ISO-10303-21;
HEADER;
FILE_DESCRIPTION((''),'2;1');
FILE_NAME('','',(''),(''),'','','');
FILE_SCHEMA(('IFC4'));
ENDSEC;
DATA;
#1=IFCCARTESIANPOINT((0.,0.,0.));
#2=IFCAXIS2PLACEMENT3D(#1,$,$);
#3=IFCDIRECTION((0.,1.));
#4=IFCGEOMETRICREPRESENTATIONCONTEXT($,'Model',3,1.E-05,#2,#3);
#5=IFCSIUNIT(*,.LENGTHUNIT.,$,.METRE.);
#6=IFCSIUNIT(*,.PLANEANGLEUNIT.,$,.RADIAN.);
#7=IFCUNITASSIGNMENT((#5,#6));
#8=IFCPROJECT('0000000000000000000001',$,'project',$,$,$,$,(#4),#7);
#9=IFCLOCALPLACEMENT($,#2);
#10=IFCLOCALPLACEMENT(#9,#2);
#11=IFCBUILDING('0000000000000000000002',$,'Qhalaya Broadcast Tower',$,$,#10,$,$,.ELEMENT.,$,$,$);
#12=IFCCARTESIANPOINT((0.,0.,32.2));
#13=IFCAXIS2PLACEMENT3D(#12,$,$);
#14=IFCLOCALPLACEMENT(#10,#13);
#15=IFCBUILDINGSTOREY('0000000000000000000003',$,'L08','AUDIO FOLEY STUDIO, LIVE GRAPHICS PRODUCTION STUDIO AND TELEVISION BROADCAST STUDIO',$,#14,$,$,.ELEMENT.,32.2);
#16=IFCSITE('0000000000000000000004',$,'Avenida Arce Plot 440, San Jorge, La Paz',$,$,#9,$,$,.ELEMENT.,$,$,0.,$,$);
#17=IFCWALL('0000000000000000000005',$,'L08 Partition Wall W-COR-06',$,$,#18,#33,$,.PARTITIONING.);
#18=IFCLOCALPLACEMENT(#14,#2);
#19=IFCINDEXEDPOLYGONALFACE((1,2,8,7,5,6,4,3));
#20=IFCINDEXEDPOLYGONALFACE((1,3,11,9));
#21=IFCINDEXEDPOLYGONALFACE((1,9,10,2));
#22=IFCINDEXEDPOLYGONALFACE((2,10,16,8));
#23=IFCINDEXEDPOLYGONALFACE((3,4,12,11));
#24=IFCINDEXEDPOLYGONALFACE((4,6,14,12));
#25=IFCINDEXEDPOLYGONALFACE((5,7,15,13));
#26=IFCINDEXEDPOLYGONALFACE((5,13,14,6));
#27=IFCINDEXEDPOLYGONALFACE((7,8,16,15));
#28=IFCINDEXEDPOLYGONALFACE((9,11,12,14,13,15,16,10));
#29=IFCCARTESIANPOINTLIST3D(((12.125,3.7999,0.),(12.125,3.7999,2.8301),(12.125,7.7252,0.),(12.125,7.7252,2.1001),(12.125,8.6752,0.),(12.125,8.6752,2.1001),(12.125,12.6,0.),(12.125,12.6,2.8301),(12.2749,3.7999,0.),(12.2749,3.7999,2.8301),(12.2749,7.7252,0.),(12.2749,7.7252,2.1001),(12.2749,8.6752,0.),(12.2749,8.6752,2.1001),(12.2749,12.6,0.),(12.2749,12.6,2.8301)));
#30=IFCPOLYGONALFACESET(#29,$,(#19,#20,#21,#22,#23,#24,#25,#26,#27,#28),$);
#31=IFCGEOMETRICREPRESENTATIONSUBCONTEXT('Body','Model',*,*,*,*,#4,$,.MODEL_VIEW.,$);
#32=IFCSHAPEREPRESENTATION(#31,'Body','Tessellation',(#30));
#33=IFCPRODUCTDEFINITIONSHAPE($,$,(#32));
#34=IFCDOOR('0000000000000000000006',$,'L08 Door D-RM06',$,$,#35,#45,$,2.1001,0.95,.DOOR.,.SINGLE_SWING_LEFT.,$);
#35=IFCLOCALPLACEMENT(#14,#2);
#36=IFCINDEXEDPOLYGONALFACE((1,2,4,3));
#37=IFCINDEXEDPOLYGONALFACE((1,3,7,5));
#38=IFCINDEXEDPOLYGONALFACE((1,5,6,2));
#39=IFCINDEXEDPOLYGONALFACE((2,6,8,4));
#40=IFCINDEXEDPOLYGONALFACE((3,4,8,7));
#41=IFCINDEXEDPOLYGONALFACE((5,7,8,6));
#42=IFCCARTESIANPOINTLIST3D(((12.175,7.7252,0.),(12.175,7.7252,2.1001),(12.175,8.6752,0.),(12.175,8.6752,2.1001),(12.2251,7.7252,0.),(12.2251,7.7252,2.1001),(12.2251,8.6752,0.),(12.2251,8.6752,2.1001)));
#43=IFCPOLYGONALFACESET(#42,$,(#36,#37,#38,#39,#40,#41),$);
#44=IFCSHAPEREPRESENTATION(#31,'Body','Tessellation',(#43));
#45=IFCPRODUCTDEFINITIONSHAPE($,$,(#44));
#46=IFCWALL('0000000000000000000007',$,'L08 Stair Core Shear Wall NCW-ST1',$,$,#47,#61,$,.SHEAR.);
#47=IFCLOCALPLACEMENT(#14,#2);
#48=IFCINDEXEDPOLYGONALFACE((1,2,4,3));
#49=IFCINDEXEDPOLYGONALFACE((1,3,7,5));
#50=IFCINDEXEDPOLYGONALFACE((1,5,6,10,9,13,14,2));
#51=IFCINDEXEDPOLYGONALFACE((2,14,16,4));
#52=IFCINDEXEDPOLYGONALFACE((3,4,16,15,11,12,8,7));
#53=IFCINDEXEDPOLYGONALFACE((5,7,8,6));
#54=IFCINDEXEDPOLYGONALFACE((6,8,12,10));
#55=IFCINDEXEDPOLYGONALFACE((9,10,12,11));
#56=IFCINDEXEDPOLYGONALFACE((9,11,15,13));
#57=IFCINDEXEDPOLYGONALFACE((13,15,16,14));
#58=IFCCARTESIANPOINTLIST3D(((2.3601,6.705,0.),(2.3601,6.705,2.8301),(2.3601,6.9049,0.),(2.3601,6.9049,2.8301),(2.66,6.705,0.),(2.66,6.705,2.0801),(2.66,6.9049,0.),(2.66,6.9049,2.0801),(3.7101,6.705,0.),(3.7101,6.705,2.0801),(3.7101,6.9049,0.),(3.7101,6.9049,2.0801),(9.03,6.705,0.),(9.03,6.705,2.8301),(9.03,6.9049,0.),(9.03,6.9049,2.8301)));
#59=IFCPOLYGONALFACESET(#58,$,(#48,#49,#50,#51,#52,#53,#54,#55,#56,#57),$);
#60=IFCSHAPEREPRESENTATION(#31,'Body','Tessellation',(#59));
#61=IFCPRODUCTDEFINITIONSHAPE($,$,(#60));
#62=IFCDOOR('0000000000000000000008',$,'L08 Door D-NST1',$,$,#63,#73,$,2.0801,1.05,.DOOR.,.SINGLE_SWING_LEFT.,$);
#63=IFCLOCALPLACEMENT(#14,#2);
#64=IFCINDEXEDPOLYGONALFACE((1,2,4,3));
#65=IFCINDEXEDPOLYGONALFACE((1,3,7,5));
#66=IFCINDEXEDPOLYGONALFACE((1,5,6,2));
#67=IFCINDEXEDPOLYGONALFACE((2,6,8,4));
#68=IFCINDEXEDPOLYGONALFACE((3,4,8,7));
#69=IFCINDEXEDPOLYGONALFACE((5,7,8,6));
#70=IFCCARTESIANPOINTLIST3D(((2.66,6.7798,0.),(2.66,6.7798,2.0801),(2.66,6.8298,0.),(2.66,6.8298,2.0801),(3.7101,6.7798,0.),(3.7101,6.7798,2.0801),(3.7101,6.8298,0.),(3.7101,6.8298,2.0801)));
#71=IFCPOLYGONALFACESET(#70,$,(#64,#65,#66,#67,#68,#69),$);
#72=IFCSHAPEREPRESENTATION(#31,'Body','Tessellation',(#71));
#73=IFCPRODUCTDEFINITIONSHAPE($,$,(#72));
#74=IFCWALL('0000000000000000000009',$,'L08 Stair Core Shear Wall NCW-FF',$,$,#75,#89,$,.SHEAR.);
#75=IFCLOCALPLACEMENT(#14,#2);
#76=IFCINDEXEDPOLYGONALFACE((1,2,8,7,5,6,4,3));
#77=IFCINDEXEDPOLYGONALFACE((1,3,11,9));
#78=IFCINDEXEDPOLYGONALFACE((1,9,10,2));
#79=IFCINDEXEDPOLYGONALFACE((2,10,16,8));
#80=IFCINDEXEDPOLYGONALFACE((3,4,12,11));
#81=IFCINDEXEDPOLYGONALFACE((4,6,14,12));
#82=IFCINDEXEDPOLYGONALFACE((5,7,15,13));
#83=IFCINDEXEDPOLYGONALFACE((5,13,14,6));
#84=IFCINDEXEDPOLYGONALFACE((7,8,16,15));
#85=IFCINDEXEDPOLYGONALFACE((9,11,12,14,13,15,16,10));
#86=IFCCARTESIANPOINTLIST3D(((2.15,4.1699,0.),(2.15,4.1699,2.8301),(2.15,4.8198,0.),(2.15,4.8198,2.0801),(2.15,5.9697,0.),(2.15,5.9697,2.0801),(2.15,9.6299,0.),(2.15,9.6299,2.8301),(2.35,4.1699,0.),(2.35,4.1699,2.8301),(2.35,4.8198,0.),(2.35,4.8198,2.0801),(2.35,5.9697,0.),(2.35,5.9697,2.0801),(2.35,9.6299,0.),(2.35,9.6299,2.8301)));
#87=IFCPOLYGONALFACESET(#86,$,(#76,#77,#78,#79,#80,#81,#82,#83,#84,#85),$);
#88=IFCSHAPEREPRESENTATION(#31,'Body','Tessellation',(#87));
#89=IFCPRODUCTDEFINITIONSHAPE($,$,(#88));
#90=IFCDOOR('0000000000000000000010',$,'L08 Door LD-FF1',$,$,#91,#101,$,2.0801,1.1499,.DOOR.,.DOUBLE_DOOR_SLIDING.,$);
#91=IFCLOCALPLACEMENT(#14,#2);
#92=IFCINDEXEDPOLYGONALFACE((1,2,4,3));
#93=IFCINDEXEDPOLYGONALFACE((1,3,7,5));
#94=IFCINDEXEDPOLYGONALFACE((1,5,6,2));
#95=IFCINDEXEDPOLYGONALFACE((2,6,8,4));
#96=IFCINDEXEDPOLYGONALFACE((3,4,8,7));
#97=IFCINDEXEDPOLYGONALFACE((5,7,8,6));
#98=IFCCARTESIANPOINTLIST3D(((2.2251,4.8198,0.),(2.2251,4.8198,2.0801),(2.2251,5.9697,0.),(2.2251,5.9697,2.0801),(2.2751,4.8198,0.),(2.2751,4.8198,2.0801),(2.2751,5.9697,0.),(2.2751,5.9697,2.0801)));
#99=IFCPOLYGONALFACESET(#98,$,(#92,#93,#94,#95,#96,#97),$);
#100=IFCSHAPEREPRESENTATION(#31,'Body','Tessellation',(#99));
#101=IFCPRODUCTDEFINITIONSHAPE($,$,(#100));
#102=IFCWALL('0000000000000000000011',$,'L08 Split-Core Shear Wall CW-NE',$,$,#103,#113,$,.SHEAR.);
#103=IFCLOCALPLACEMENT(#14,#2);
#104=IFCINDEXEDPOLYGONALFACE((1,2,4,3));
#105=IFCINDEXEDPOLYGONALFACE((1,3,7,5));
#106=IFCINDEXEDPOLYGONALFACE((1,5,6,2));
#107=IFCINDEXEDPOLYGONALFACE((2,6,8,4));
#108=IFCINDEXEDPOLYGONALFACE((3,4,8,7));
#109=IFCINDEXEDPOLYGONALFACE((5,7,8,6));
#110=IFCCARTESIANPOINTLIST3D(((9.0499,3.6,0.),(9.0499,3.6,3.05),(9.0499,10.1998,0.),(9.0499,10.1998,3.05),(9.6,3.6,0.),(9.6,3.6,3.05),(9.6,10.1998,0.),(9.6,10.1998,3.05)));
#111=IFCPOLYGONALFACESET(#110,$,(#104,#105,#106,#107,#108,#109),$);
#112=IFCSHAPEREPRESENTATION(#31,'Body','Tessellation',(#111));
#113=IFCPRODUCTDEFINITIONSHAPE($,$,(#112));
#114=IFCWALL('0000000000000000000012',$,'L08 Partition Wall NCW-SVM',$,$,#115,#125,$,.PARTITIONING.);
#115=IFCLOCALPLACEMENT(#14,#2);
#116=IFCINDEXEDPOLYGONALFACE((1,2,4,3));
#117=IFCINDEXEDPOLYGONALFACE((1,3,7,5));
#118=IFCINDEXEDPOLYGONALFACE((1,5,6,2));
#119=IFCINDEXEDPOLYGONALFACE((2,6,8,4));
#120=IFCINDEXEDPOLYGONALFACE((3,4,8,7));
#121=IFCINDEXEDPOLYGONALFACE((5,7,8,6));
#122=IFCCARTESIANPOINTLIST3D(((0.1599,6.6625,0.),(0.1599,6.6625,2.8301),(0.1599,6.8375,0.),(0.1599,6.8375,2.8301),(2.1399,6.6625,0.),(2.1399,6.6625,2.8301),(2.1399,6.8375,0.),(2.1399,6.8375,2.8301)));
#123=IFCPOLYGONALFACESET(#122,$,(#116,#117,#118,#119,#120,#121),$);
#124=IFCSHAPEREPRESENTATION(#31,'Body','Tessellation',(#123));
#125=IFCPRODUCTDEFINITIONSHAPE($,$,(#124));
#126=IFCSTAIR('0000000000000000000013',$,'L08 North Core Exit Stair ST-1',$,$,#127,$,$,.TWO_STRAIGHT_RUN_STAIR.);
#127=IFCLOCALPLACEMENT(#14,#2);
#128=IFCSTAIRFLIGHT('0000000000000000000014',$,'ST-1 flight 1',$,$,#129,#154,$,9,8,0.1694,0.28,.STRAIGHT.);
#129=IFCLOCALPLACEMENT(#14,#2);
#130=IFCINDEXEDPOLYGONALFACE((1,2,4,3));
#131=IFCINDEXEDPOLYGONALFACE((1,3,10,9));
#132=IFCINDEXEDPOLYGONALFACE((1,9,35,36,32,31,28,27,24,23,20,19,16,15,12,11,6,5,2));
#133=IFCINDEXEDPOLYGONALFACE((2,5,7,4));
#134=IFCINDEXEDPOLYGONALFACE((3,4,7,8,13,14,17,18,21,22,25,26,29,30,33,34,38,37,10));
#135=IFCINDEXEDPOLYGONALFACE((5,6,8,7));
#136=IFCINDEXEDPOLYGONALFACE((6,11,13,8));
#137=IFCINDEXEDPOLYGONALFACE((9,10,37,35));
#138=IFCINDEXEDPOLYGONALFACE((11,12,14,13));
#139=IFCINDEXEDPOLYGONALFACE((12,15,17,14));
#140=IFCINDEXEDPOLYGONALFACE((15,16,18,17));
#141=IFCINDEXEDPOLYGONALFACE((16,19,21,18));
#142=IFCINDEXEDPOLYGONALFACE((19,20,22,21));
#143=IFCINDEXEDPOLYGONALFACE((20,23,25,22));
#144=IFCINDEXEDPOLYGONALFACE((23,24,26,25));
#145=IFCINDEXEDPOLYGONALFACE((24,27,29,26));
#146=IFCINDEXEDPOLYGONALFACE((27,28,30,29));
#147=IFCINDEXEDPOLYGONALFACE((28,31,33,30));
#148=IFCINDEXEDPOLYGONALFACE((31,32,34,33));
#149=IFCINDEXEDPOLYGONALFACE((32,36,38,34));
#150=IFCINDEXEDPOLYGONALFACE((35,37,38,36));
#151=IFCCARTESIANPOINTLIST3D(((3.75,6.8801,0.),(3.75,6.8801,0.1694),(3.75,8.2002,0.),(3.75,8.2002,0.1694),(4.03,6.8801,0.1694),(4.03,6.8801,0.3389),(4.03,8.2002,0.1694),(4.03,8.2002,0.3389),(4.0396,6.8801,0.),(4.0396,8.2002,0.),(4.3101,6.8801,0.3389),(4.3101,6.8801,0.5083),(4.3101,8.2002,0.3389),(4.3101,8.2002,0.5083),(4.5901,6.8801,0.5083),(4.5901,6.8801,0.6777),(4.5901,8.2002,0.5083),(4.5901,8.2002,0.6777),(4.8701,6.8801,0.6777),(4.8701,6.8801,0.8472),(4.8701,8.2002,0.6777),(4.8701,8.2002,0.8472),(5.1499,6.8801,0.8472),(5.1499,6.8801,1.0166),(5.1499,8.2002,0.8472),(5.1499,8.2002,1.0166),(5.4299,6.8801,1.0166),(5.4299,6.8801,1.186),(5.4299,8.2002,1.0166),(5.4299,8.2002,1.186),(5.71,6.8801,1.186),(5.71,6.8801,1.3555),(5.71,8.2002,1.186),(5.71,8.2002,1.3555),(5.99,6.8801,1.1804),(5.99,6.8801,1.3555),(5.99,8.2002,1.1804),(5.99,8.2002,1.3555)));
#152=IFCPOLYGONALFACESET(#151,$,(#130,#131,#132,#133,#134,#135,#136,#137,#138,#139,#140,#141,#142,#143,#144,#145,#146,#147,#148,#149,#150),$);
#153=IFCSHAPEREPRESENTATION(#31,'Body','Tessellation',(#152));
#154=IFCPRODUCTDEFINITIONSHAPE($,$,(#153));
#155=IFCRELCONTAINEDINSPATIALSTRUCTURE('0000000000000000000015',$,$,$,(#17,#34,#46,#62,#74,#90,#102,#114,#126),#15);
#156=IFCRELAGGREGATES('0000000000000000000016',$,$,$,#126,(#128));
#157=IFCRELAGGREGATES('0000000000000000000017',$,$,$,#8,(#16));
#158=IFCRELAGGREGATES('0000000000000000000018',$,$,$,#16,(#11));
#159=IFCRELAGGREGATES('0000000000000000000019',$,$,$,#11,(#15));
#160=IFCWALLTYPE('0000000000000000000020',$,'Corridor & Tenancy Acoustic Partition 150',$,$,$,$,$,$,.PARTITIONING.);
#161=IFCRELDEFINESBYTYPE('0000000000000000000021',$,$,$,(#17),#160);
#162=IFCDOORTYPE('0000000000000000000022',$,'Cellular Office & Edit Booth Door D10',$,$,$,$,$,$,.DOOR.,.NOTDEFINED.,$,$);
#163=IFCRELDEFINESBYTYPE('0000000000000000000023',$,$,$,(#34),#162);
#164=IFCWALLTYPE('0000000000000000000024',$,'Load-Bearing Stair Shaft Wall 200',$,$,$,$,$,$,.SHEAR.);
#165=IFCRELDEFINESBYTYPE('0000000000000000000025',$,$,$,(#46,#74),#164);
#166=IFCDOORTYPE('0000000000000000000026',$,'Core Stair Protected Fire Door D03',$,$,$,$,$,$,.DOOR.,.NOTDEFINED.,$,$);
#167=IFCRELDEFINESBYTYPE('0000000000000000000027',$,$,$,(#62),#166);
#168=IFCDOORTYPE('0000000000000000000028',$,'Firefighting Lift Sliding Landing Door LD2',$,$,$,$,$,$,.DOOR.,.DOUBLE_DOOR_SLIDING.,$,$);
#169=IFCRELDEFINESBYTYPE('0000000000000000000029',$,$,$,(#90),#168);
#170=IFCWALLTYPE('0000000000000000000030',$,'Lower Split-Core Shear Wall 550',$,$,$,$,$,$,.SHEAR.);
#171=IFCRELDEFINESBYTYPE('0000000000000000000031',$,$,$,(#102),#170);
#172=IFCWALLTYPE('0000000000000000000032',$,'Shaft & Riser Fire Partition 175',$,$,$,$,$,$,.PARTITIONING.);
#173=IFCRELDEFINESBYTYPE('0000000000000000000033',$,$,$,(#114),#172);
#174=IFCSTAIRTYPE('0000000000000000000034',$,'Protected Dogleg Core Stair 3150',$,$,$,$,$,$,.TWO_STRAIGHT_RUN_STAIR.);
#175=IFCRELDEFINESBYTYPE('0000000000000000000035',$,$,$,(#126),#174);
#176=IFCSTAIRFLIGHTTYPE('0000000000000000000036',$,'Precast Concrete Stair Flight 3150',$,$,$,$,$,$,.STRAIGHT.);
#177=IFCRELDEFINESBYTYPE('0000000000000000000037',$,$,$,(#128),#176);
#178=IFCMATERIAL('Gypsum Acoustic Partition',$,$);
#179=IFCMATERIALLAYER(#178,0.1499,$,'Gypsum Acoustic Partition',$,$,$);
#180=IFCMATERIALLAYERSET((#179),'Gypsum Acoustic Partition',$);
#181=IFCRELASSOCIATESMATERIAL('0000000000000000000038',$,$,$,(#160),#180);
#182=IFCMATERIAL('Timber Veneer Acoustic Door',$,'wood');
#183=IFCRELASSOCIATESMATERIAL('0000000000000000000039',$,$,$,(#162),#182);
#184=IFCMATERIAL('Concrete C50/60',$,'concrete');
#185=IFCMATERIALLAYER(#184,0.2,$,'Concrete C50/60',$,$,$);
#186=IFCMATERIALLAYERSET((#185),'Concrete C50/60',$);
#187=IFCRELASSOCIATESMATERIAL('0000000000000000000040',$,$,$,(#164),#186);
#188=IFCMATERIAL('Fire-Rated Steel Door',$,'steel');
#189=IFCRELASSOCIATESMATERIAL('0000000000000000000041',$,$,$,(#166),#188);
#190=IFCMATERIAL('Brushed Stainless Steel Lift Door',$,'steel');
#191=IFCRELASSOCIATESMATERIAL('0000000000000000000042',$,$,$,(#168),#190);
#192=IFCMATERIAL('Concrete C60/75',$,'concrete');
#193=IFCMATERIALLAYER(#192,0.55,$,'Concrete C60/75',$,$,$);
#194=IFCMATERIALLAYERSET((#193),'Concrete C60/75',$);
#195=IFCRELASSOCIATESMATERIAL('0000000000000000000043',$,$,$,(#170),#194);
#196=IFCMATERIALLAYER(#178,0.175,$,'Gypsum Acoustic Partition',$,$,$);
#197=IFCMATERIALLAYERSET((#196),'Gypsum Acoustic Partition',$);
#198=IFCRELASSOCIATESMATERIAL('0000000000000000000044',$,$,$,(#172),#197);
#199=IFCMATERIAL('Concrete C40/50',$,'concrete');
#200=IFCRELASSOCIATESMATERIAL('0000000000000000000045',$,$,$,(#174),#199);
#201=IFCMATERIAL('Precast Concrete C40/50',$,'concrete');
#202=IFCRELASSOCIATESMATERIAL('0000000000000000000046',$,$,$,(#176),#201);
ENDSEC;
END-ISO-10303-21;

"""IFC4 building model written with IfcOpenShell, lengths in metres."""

from ifc_helpers import new_model, si_unit, direction, frame, frame_2d, origin, place, context, subcontext, project, spatial, polyline, rectangle, outline, extrude, material, layer, layer_set, type_object, element, fill, aggregate, save


model = new_model("IFC4")

# Units and contexts
model_context = context("Model", 3, precision=1e-05, world=origin(), true_north=direction((0.0, 1.0)))
body_context = subcontext(model_context, "Body", "Model", "MODEL_VIEW")
ifc_project = project(units=[si_unit("LENGTHUNIT", "METRE"), si_unit("PLANEANGLEUNIT", "RADIAN")], contexts=[model_context])

# Site, building, storey
site_placement = place(None, origin())
site = spatial("IfcSite", under=ifc_project, at=site_placement, Name="Avenida Arce Plot 440, San Jorge, La Paz", CompositionType="ELEMENT", RefElevation=0.0)
building_placement = place(site_placement, origin())
building = spatial("IfcBuilding", under=site, at=building_placement, Name="Qhalaya Broadcast Tower", CompositionType="ELEMENT")
storey_placement = place(building_placement, frame((0.0, 0.0, 32.2)))
storey = spatial("IfcBuildingStorey", under=building, at=storey_placement, Name="L08", Description="AUDIO FOLEY STUDIO, LIVE GRAPHICS PRODUCTION STUDIO AND TELEVISION BROADCAST STUDIO", CompositionType="ELEMENT", Elevation=32.2)

# Shared definitions
ifc_material_1 = material(Name="Concrete C50/60", Category="concrete")

# Walls, openings, doors
ifc_material_2 = material(Name="Gypsum Acoustic Partition")
ifc_layer_1 = layer(ifc_material_2, 0.1499, Name="Gypsum Acoustic Partition")
ifc_layer_set_1 = layer_set([ifc_layer_1], Name="Gypsum Acoustic Partition")
wall_type_1 = type_object("IfcWallType", Name="Corridor & Tenancy Acoustic Partition 150", PredefinedType="PARTITIONING", material=ifc_layer_set_1)
wall_1_placement = place(storey_placement, frame((12.2, 3.8, 0.0), z_axis=(0.0, 0.0, 1.0), x_axis=(0.0, 1.0, 0.0)))
wall_1 = element("IfcWall", 1, at=wall_1_placement, inside=storey, type_object=wall_type_1, Name="L08 Partition Wall W-COR-06", PredefinedType="PARTITIONING", context=body_context, shape_type="SweptSolid", body=[
    extrude(rectangle(XDim=8.8, YDim=0.1499, at=frame_2d((4.3999, 0.0))), origin(), (0.0, 0.0, 1.0), 2.8301),
])
opening_1_placement = place(wall_1_placement, frame((3.925, 0.0, 0.0)))
opening_1 = element("IfcOpeningElement", 2, at=opening_1_placement, cuts=wall_1, PredefinedType="OPENING", context=body_context, shape_type="SweptSolid", body=[
    extrude(rectangle(XDim=0.95, YDim=2.1001, at=frame_2d((0.4751, 1.05))), frame((0.0, 0.0869, 0.0), z_axis=(0.0, -1.0, 0.0), x_axis=(1.0, 0.0, 0.0)), (0.0, 0.0, 1.0), 0.1738),
])
ifc_material_3 = material(Name="Timber Veneer Acoustic Door", Category="wood")
door_type_1 = type_object("IfcDoorType", Name="Cellular Office & Edit Booth Door D10", OperationType="NOTDEFINED", PredefinedType="DOOR", material=ifc_material_3)
door_1_placement = place(opening_1_placement, origin())
door_1 = element("IfcDoor", 3, at=door_1_placement, inside=storey, type_object=door_type_1, Name="L08 Door D-RM06", OperationType="SINGLE_SWING_LEFT", OverallHeight=2.1001, OverallWidth=0.95, PredefinedType="DOOR", context=body_context, shape_type="SweptSolid", body=[
    extrude(rectangle(XDim=0.95, YDim=2.1001, at=frame_2d((0.4751, 1.05))), frame((0.0, 0.0249, 0.0), z_axis=(0.0, -1.0, 0.0), x_axis=(1.0, 0.0, 0.0)), (0.0, 0.0, 1.0), 0.05),
])
fill(opening_1, door_1)
ifc_layer_2 = layer(ifc_material_1, 0.2, Name="Concrete C50/60")
ifc_layer_set_2 = layer_set([ifc_layer_2], Name="Concrete C50/60")
wall_type_2 = type_object("IfcWallType", Name="Load-Bearing Stair Shaft Wall 200", PredefinedType="SHEAR", material=ifc_layer_set_2)
wall_2_placement = place(storey_placement, frame((2.3601, 6.8049, 0.0), z_axis=(0.0, 0.0, 1.0), x_axis=(1.0, 0.0, 0.0)))
wall_2 = element("IfcWall", 4, at=wall_2_placement, inside=storey, type_object=wall_type_2, Name="L08 Stair Core Shear Wall NCW-ST1", PredefinedType="SHEAR", context=body_context, shape_type="SweptSolid", body=[
    extrude(rectangle(XDim=6.6699, YDim=0.2, at=frame_2d((3.335, 0.0))), origin(), (0.0, 0.0, 1.0), 2.8301),
])
opening_2_placement = place(wall_2_placement, frame((0.3, 0.0, 0.0)))
opening_2 = element("IfcOpeningElement", 5, at=opening_2_placement, cuts=wall_2, PredefinedType="OPENING", context=body_context, shape_type="SweptSolid", body=[
    extrude(rectangle(XDim=1.05, YDim=2.0801, at=frame_2d((0.5249, 1.04))), frame((0.0, 0.1121, 0.0), z_axis=(0.0, -1.0, 0.0), x_axis=(1.0, 0.0, 0.0)), (0.0, 0.0, 1.0), 0.2239),
])
ifc_material_4 = material(Name="Fire-Rated Steel Door", Category="steel")
door_type_2 = type_object("IfcDoorType", Name="Core Stair Protected Fire Door D03", OperationType="NOTDEFINED", PredefinedType="DOOR", material=ifc_material_4)
door_2_placement = place(opening_2_placement, origin())
door_2 = element("IfcDoor", 6, at=door_2_placement, inside=storey, type_object=door_type_2, Name="L08 Door D-NST1", OperationType="SINGLE_SWING_LEFT", OverallHeight=2.0801, OverallWidth=1.05, PredefinedType="DOOR", context=body_context, shape_type="SweptSolid", body=[
    extrude(rectangle(XDim=1.05, YDim=2.0801, at=frame_2d((0.5249, 1.04))), frame((0.0, 0.0249, 0.0), z_axis=(0.0, -1.0, 0.0), x_axis=(1.0, 0.0, 0.0)), (0.0, 0.0, 1.0), 0.05),
])
fill(opening_2, door_2)
wall_3_placement = place(storey_placement, frame((2.25, 4.1699, 0.0), z_axis=(0.0, 0.0, 1.0), x_axis=(0.0, 1.0, 0.0)))
wall_3 = element("IfcWall", 7, at=wall_3_placement, inside=storey, type_object=wall_type_2, Name="L08 Stair Core Shear Wall NCW-FF", PredefinedType="SHEAR", context=body_context, shape_type="SweptSolid", body=[
    extrude(rectangle(XDim=5.46, YDim=0.2, at=frame_2d((2.73, 0.0))), origin(), (0.0, 0.0, 1.0), 2.8301),
])
opening_3_placement = place(wall_3_placement, frame((0.6499, 0.0, 0.0)))
opening_3 = element("IfcOpeningElement", 8, at=opening_3_placement, cuts=wall_3, PredefinedType="OPENING", context=body_context, shape_type="SweptSolid", body=[
    extrude(rectangle(XDim=1.1499, YDim=2.0801, at=frame_2d((0.575, 1.04))), frame((0.0, 0.1121, 0.0), z_axis=(0.0, -1.0, 0.0), x_axis=(1.0, 0.0, 0.0)), (0.0, 0.0, 1.0), 0.2239),
])
ifc_material_5 = material(Name="Brushed Stainless Steel Lift Door", Category="steel")
door_type_3 = type_object("IfcDoorType", Name="Firefighting Lift Sliding Landing Door LD2", OperationType="DOUBLE_DOOR_SLIDING", PredefinedType="DOOR", material=ifc_material_5)
door_3_placement = place(opening_3_placement, origin())
door_3 = element("IfcDoor", 9, at=door_3_placement, inside=storey, type_object=door_type_3, Name="L08 Door LD-FF1", OperationType="DOUBLE_DOOR_SLIDING", OverallHeight=2.0801, OverallWidth=1.1499, PredefinedType="DOOR", context=body_context, shape_type="SweptSolid", body=[
    extrude(rectangle(XDim=1.1499, YDim=2.0801, at=frame_2d((0.575, 1.04))), frame((0.0, 0.0249, 0.0), z_axis=(0.0, -1.0, 0.0), x_axis=(1.0, 0.0, 0.0)), (0.0, 0.0, 1.0), 0.05),
])
fill(opening_3, door_3)

# Wall
ifc_material_6 = material(Name="Concrete C60/75", Category="concrete")
ifc_layer_3 = layer(ifc_material_6, 0.55, Name="Concrete C60/75")
ifc_layer_set_3 = layer_set([ifc_layer_3], Name="Concrete C60/75")
wall_type_3 = type_object("IfcWallType", Name="Lower Split-Core Shear Wall 550", PredefinedType="SHEAR", material=ifc_layer_set_3)
wall_4_placement = place(storey_placement, frame((9.325, 3.6001, 0.0), z_axis=(0.0, 0.0, 1.0), x_axis=(0.0, 1.0, 0.0)))
element("IfcWall", 10, at=wall_4_placement, inside=storey, type_object=wall_type_3, Name="L08 Split-Core Shear Wall CW-NE", PredefinedType="SHEAR", context=body_context, shape_type="SweptSolid", body=[
    extrude(rectangle(XDim=6.5999, YDim=0.55, at=frame_2d((3.2998, 0.0))), origin(), (0.0, 0.0, 1.0), 3.05),
])

# Shared definitions
ifc_layer_4 = layer(ifc_material_2, 0.175, Name="Gypsum Acoustic Partition")
ifc_layer_set_4 = layer_set([ifc_layer_4], Name="Gypsum Acoustic Partition")
wall_type_4 = type_object("IfcWallType", Name="Shaft & Riser Fire Partition 175", PredefinedType="PARTITIONING", material=ifc_layer_set_4)

# Wall
wall_5_placement = place(storey_placement, frame((0.1599, 6.75, 0.0), z_axis=(0.0, 0.0, 1.0), x_axis=(1.0, 0.0, 0.0)))
element("IfcWall", 11, at=wall_5_placement, inside=storey, type_object=wall_type_4, Name="L08 Partition Wall NCW-SVM", PredefinedType="PARTITIONING", context=body_context, shape_type="SweptSolid", body=[
    extrude(rectangle(XDim=1.98, YDim=0.175, at=frame_2d((0.99, 0.0))), origin(), (0.0, 0.0, 1.0), 2.8301),
])

# Stair, stair flight
ifc_material_7 = material(Name="Concrete C40/50", Category="concrete")
stair_type = type_object("IfcStairType", Name="Protected Dogleg Core Stair 3150", PredefinedType="TWO_STRAIGHT_RUN_STAIR", material=ifc_material_7)
stair_placement = place(storey_placement, origin())
stair = element("IfcStair", 12, at=stair_placement, inside=storey, type_object=stair_type, Name="L08 North Core Exit Stair ST-1", PredefinedType="TWO_STRAIGHT_RUN_STAIR")
ifc_material_8 = material(Name="Precast Concrete C40/50", Category="concrete")
stair_flight_type = type_object("IfcStairFlightType", Name="Precast Concrete Stair Flight 3150", PredefinedType="STRAIGHT", material=ifc_material_8)
stair_flight_1_placement = place(storey_placement, frame((3.75, 7.54, 0.0), z_axis=(0.0, 0.0, 1.0), x_axis=(1.0, 0.0, 0.0)))
stair_flight_1 = element("IfcStairFlight", 13, at=stair_flight_1_placement, type_object=stair_flight_type, Name="ST-1 flight 1", NumberOfRisers=9, NumberOfTreads=8, PredefinedType="STRAIGHT", RiserHeight=0.1694, TreadLength=0.28, context=body_context, shape_type="SweptSolid", body=[
    extrude(outline(polyline([(0.0, 0.0), (0.0, 0.1694), (0.28, 0.1694), (0.28, 0.3389), (0.5601, 0.3389), (0.5601, 0.5083), (0.8401, 0.5083), (0.8401, 0.6777), (1.1201, 0.6777), (1.1201, 0.8472), (1.3999, 0.8472), (1.3999, 1.0166), (1.6799, 1.0166), (1.6799, 1.186), (1.96, 1.186), (1.96, 1.3555), (2.24, 1.3555), (2.24, 1.5249), (2.24, 1.1804), (0.2896, 0.0), (0.0, 0.0)])), frame((0.0, 0.6602, 0.0), z_axis=(0.0, -1.0, 0.0), x_axis=(1.0, 0.0, 0.0)), (0.0, 0.0, 1.0), 1.3201),
])
aggregate(stair, [stair_flight_1])

save(model, "model.ifc")
